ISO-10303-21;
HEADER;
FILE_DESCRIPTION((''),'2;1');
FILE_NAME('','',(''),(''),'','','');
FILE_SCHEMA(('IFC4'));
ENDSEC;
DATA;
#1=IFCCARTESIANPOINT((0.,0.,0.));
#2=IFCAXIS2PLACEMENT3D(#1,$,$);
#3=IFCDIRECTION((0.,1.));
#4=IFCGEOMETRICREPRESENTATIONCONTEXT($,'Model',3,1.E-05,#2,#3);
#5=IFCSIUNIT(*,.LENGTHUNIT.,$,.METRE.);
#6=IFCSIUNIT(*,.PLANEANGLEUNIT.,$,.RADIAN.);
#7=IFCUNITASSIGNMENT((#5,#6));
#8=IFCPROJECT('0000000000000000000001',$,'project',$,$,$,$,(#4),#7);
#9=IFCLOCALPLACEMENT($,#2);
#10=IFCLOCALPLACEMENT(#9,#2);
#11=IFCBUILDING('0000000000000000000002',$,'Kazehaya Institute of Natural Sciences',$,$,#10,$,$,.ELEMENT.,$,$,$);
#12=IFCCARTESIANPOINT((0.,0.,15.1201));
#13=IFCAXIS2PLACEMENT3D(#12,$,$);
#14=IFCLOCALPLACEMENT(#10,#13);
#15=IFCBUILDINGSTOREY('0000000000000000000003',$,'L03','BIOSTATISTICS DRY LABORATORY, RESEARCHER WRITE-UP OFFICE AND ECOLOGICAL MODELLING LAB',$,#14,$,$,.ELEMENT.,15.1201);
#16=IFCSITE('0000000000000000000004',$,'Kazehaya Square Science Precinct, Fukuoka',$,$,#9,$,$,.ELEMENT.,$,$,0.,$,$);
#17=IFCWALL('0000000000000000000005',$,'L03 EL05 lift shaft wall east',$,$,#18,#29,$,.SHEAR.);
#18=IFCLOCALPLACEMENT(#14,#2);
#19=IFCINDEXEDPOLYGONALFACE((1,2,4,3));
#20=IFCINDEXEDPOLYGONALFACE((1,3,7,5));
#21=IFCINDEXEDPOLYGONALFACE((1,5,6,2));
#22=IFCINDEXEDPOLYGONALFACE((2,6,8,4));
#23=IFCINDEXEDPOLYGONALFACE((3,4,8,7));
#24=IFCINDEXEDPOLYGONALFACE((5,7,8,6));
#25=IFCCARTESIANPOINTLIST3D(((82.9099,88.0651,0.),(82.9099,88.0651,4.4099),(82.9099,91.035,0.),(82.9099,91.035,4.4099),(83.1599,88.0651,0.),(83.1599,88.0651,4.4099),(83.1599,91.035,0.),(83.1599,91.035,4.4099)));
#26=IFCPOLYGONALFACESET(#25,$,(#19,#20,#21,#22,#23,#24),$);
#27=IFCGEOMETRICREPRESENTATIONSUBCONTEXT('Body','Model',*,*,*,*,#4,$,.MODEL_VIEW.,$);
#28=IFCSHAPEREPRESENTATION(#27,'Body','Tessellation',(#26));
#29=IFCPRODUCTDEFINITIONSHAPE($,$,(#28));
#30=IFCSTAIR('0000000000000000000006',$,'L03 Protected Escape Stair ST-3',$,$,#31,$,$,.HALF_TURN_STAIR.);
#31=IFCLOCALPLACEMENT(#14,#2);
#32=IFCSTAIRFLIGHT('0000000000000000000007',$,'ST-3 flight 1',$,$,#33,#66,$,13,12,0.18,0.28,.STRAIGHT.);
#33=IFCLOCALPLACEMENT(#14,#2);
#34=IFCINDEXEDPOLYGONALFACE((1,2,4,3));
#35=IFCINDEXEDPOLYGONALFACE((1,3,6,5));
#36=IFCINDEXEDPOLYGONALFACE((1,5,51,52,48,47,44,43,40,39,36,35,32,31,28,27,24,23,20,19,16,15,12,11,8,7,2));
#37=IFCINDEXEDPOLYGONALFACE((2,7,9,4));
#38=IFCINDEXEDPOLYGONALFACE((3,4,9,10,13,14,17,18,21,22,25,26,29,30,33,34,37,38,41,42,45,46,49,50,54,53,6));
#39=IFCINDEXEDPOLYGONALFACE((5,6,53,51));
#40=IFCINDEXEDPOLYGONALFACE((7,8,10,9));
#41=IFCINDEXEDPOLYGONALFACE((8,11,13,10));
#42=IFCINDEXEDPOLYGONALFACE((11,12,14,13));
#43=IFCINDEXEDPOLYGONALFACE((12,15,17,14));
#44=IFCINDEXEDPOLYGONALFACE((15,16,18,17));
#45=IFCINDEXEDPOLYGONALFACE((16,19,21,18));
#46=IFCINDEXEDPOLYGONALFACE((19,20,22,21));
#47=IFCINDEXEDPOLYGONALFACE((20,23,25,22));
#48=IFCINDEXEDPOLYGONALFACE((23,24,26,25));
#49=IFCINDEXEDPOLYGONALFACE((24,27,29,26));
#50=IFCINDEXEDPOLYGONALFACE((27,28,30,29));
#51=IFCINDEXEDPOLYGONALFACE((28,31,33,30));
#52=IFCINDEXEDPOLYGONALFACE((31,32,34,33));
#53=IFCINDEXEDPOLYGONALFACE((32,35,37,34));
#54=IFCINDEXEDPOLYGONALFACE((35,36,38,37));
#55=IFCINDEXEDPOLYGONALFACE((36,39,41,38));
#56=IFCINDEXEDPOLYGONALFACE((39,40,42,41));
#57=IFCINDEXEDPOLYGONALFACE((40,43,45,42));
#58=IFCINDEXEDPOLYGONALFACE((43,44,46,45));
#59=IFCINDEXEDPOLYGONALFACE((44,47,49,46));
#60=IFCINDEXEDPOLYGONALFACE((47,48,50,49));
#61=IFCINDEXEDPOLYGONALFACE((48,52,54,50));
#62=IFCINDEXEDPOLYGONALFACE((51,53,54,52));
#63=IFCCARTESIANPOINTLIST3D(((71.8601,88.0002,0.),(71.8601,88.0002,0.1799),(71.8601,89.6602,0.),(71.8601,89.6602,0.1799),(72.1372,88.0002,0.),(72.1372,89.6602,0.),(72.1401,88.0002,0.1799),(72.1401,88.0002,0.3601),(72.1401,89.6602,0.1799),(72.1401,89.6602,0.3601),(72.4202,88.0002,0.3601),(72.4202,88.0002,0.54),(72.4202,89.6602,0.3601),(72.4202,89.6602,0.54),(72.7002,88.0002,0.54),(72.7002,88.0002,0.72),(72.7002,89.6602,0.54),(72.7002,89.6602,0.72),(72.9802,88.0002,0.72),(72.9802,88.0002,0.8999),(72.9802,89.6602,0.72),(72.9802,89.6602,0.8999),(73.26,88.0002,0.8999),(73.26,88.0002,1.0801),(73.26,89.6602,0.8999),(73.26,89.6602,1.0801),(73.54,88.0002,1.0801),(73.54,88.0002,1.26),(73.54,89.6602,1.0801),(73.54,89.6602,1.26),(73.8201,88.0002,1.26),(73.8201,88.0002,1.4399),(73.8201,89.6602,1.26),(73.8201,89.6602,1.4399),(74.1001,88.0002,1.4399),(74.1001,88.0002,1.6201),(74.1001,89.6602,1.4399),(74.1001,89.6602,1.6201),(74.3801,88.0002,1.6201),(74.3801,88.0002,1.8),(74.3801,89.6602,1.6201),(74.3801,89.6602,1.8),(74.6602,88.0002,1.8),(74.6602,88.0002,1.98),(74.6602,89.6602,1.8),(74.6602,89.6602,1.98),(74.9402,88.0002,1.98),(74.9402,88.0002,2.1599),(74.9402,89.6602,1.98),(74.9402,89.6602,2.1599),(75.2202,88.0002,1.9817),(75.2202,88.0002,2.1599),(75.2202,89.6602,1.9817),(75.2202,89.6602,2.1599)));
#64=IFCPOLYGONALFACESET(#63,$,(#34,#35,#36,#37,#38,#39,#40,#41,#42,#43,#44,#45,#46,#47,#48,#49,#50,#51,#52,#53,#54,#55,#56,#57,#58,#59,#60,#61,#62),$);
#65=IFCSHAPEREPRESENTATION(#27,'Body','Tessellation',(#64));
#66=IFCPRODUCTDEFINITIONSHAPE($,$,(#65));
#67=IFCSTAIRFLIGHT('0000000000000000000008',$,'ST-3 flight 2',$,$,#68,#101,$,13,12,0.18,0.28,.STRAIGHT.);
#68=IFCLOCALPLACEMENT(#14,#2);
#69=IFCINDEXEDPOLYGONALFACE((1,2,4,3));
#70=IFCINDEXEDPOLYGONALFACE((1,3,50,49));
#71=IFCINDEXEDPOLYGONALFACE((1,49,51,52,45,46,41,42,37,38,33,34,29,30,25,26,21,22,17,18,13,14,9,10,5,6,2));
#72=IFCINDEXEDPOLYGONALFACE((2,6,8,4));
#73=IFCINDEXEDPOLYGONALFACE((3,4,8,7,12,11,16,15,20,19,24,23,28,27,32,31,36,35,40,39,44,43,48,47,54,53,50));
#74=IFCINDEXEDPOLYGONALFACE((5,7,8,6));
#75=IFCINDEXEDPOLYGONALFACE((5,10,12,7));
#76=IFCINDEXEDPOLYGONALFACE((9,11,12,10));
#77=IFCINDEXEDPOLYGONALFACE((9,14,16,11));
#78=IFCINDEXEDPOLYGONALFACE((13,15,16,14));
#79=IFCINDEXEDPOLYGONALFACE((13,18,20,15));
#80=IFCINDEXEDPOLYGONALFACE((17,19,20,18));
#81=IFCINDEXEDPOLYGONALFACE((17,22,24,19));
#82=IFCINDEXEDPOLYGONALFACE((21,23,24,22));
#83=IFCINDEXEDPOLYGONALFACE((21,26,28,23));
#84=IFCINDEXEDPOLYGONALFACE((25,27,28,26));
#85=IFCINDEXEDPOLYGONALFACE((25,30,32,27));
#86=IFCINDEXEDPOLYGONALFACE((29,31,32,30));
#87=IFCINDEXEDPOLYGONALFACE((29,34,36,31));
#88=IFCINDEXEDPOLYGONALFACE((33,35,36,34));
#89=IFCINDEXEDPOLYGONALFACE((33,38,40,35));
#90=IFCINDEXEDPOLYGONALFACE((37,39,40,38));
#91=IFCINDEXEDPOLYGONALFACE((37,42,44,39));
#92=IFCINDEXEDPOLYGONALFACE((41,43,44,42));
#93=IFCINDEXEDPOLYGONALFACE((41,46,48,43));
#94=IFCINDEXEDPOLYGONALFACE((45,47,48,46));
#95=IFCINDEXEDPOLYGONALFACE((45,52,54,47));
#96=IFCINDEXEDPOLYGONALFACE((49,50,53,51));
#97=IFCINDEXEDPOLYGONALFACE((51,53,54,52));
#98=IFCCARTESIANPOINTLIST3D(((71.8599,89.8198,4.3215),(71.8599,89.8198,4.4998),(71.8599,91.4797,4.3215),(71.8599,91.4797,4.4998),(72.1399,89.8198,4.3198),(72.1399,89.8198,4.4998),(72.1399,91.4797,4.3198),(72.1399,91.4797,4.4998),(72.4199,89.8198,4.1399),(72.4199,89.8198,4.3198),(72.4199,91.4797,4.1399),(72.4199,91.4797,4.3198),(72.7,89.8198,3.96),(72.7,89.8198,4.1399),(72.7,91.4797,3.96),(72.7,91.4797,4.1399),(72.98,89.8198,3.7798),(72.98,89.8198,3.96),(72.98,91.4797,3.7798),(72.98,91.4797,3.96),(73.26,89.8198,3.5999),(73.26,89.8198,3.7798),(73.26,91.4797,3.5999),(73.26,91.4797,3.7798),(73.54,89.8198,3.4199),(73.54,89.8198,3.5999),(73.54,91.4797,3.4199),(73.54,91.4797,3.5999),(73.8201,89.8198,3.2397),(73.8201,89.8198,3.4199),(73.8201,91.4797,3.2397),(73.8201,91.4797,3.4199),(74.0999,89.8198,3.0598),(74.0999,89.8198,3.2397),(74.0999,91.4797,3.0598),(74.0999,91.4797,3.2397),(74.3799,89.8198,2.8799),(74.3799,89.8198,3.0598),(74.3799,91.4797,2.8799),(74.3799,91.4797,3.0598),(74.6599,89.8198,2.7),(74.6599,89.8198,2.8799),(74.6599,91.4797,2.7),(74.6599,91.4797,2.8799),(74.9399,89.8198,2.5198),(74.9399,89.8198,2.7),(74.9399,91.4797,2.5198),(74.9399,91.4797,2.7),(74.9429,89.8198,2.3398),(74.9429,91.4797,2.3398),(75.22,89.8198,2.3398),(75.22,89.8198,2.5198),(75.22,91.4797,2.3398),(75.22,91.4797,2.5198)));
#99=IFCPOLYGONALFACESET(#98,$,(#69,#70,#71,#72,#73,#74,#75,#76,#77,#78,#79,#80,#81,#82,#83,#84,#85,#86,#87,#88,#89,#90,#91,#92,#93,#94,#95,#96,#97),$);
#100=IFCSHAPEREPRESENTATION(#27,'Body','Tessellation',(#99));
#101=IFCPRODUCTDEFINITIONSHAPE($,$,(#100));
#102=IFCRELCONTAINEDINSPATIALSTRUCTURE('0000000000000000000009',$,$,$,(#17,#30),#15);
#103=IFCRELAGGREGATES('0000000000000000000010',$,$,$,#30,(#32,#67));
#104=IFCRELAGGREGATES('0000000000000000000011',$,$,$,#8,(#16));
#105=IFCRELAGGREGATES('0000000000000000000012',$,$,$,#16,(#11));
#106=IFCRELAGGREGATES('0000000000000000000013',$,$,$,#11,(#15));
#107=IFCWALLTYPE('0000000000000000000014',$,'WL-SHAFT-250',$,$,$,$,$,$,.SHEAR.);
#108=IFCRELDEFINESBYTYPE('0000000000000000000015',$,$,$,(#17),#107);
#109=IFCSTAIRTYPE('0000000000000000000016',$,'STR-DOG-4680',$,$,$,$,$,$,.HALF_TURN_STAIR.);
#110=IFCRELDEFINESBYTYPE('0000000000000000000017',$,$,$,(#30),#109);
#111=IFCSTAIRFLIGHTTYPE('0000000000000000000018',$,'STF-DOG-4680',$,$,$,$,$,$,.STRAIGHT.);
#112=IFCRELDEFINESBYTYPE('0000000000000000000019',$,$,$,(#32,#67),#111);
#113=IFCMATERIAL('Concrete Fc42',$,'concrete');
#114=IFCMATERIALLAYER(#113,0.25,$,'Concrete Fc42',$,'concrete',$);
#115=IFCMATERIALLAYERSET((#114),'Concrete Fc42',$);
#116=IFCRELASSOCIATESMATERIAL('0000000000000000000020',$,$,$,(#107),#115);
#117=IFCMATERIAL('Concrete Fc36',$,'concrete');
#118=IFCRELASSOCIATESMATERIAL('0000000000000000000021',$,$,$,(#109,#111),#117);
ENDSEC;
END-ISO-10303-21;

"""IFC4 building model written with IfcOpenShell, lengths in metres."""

from ifc_helpers import new_model, si_unit, direction, frame, frame_2d, origin, place, context, subcontext, project, spatial, polyline, rectangle, outline, extrude, material, layer, layer_set, type_object, element, aggregate, save


model = new_model("IFC4")

# Units and contexts
model_context = context("Model", 3, precision=1e-05, world=origin(), true_north=direction((0.0, 1.0)))
body_context = subcontext(model_context, "Body", "Model", "MODEL_VIEW")
ifc_project = project(units=[si_unit("LENGTHUNIT", "METRE"), si_unit("PLANEANGLEUNIT", "RADIAN")], contexts=[model_context])

# Site, building, storey
site_placement = place(None, origin())
site = spatial("IfcSite", under=ifc_project, at=site_placement, Name="Kazehaya Square Science Precinct, Fukuoka", CompositionType="ELEMENT", RefElevation=0.0)
building_placement = place(site_placement, origin())
building = spatial("IfcBuilding", under=site, at=building_placement, Name="Kazehaya Institute of Natural Sciences", CompositionType="ELEMENT")
storey_placement = place(building_placement, frame((0.0, 0.0, 15.1201)))
storey = spatial("IfcBuildingStorey", under=building, at=storey_placement, Name="L03", Description="BIOSTATISTICS DRY LABORATORY, RESEARCHER WRITE-UP OFFICE AND ECOLOGICAL MODELLING LAB", CompositionType="ELEMENT", Elevation=15.1201)

# Shared definitions
ifc_material_1 = material(Name="Concrete Fc42", Category="concrete")

# Shared definitions
ifc_material_2 = material(Name="Concrete Fc36", Category="concrete")

# Shared definitions
ifc_layer_1 = layer(ifc_material_1, 0.25, Name="Concrete Fc42", Category="concrete")
ifc_layer_set_1 = layer_set([ifc_layer_1], Name="Concrete Fc42")
wall_type_1 = type_object("IfcWallType", Name="WL-SHAFT-250", PredefinedType="SHEAR", material=ifc_layer_set_1)

# Wall
for number, where, z_axis, x_axis, name in (
    (1, (83.0349, 91.0349, 0.0), (0.0, 0.0, 1.0), (0.0, -1.0, 0.0), "L03 EL05 lift shaft wall east"),
):
    element("IfcWall", number, at=place(storey_placement, frame(where, z_axis=z_axis, x_axis=x_axis)), inside=storey, type_object=wall_type_1, Name=name, PredefinedType="SHEAR", context=body_context, shape_type="SweptSolid", body=[
        extrude(rectangle(XDim=2.97, YDim=0.25, at=frame_2d((1.4849, 0.0))), origin(), (0.0, 0.0, 1.0), 4.4099),
    ])

# Stair, stair flights
stair_type = type_object("IfcStairType", Name="STR-DOG-4680", PredefinedType="HALF_TURN_STAIR", material=ifc_material_2)
stair_placement = place(storey_placement, origin())
stair = element("IfcStair", 2, at=stair_placement, inside=storey, type_object=stair_type, Name="L03 Protected Escape Stair ST-3", PredefinedType="HALF_TURN_STAIR")
stair_flight_type = type_object("IfcStairFlightType", Name="STF-DOG-4680", PredefinedType="STRAIGHT", material=ifc_material_2)
stair_flight_1_placement = place(storey_placement, frame((71.8601, 88.8301, 0.0), z_axis=(0.0, 0.0, 1.0), x_axis=(1.0, 0.0, 0.0)))
stair_flight_1 = element("IfcStairFlight", 3, at=stair_flight_1_placement, type_object=stair_flight_type, Name="ST-3 flight 1", NumberOfRisers=13, NumberOfTreads=12, PredefinedType="STRAIGHT", RiserHeight=0.18, TreadLength=0.28, context=body_context, shape_type="SweptSolid", body=[
    extrude(outline(polyline([(0.0, 0.0), (0.0, 0.1799), (0.28, 0.1799), (0.28, 0.3601), (0.5601, 0.3601), (0.5601, 0.54), (0.8401, 0.54), (0.8401, 0.72), (1.1201, 0.72), (1.1201, 0.8999), (1.3999, 0.8999), (1.3999, 1.0801), (1.6799, 1.0801), (1.6799, 1.26), (1.96, 1.26), (1.96, 1.4399), (2.24, 1.4399), (2.24, 1.6201), (2.52, 1.6201), (2.52, 1.8), (2.8, 1.8), (2.8, 1.98), (3.0801, 1.98), (3.0801, 2.1599), (3.3601, 2.1599), (3.3601, 2.3401), (3.3601, 1.9817), (0.2771, 0.0), (0.0, 0.0)])), frame((0.0, 0.8301, 0.0), z_axis=(0.0, -1.0, 0.0), x_axis=(1.0, 0.0, 0.0)), (0.0, 0.0, 1.0), 1.6599),
])
stair_flight_2_placement = place(storey_placement, frame((75.22, 90.6499, 2.3398), z_axis=(0.0, 0.0, 1.0), x_axis=(-1.0, 0.0, 0.0)))
stair_flight_2 = element("IfcStairFlight", 4, at=stair_flight_2_placement, type_object=stair_flight_type, Name="ST-3 flight 2", NumberOfRisers=13, NumberOfTreads=12, PredefinedType="STRAIGHT", RiserHeight=0.18, TreadLength=0.28, context=body_context, shape_type="SweptSolid", body=[
    extrude(outline(polyline([(0.0, 0.0), (0.0, 0.1799), (0.28, 0.1799), (0.28, 0.3601), (0.5601, 0.3601), (0.5601, 0.54), (0.8401, 0.54), (0.8401, 0.72), (1.1201, 0.72), (1.1201, 0.8999), (1.3999, 0.8999), (1.3999, 1.0801), (1.6799, 1.0801), (1.6799, 1.26), (1.96, 1.26), (1.96, 1.4399), (2.24, 1.4399), (2.24, 1.6201), (2.52, 1.6201), (2.52, 1.8), (2.8, 1.8), (2.8, 1.98), (3.0801, 1.98), (3.0801, 2.1599), (3.3601, 2.1599), (3.3601, 2.3401), (3.3601, 1.9817), (0.2771, 0.0), (0.0, 0.0)])), frame((0.0, 0.8301, 0.0), z_axis=(0.0, -1.0, 0.0), x_axis=(1.0, 0.0, 0.0)), (0.0, 0.0, 1.0), 1.6599),
])
aggregate(stair, [stair_flight_1, stair_flight_2])

save(model, "model.ifc")
